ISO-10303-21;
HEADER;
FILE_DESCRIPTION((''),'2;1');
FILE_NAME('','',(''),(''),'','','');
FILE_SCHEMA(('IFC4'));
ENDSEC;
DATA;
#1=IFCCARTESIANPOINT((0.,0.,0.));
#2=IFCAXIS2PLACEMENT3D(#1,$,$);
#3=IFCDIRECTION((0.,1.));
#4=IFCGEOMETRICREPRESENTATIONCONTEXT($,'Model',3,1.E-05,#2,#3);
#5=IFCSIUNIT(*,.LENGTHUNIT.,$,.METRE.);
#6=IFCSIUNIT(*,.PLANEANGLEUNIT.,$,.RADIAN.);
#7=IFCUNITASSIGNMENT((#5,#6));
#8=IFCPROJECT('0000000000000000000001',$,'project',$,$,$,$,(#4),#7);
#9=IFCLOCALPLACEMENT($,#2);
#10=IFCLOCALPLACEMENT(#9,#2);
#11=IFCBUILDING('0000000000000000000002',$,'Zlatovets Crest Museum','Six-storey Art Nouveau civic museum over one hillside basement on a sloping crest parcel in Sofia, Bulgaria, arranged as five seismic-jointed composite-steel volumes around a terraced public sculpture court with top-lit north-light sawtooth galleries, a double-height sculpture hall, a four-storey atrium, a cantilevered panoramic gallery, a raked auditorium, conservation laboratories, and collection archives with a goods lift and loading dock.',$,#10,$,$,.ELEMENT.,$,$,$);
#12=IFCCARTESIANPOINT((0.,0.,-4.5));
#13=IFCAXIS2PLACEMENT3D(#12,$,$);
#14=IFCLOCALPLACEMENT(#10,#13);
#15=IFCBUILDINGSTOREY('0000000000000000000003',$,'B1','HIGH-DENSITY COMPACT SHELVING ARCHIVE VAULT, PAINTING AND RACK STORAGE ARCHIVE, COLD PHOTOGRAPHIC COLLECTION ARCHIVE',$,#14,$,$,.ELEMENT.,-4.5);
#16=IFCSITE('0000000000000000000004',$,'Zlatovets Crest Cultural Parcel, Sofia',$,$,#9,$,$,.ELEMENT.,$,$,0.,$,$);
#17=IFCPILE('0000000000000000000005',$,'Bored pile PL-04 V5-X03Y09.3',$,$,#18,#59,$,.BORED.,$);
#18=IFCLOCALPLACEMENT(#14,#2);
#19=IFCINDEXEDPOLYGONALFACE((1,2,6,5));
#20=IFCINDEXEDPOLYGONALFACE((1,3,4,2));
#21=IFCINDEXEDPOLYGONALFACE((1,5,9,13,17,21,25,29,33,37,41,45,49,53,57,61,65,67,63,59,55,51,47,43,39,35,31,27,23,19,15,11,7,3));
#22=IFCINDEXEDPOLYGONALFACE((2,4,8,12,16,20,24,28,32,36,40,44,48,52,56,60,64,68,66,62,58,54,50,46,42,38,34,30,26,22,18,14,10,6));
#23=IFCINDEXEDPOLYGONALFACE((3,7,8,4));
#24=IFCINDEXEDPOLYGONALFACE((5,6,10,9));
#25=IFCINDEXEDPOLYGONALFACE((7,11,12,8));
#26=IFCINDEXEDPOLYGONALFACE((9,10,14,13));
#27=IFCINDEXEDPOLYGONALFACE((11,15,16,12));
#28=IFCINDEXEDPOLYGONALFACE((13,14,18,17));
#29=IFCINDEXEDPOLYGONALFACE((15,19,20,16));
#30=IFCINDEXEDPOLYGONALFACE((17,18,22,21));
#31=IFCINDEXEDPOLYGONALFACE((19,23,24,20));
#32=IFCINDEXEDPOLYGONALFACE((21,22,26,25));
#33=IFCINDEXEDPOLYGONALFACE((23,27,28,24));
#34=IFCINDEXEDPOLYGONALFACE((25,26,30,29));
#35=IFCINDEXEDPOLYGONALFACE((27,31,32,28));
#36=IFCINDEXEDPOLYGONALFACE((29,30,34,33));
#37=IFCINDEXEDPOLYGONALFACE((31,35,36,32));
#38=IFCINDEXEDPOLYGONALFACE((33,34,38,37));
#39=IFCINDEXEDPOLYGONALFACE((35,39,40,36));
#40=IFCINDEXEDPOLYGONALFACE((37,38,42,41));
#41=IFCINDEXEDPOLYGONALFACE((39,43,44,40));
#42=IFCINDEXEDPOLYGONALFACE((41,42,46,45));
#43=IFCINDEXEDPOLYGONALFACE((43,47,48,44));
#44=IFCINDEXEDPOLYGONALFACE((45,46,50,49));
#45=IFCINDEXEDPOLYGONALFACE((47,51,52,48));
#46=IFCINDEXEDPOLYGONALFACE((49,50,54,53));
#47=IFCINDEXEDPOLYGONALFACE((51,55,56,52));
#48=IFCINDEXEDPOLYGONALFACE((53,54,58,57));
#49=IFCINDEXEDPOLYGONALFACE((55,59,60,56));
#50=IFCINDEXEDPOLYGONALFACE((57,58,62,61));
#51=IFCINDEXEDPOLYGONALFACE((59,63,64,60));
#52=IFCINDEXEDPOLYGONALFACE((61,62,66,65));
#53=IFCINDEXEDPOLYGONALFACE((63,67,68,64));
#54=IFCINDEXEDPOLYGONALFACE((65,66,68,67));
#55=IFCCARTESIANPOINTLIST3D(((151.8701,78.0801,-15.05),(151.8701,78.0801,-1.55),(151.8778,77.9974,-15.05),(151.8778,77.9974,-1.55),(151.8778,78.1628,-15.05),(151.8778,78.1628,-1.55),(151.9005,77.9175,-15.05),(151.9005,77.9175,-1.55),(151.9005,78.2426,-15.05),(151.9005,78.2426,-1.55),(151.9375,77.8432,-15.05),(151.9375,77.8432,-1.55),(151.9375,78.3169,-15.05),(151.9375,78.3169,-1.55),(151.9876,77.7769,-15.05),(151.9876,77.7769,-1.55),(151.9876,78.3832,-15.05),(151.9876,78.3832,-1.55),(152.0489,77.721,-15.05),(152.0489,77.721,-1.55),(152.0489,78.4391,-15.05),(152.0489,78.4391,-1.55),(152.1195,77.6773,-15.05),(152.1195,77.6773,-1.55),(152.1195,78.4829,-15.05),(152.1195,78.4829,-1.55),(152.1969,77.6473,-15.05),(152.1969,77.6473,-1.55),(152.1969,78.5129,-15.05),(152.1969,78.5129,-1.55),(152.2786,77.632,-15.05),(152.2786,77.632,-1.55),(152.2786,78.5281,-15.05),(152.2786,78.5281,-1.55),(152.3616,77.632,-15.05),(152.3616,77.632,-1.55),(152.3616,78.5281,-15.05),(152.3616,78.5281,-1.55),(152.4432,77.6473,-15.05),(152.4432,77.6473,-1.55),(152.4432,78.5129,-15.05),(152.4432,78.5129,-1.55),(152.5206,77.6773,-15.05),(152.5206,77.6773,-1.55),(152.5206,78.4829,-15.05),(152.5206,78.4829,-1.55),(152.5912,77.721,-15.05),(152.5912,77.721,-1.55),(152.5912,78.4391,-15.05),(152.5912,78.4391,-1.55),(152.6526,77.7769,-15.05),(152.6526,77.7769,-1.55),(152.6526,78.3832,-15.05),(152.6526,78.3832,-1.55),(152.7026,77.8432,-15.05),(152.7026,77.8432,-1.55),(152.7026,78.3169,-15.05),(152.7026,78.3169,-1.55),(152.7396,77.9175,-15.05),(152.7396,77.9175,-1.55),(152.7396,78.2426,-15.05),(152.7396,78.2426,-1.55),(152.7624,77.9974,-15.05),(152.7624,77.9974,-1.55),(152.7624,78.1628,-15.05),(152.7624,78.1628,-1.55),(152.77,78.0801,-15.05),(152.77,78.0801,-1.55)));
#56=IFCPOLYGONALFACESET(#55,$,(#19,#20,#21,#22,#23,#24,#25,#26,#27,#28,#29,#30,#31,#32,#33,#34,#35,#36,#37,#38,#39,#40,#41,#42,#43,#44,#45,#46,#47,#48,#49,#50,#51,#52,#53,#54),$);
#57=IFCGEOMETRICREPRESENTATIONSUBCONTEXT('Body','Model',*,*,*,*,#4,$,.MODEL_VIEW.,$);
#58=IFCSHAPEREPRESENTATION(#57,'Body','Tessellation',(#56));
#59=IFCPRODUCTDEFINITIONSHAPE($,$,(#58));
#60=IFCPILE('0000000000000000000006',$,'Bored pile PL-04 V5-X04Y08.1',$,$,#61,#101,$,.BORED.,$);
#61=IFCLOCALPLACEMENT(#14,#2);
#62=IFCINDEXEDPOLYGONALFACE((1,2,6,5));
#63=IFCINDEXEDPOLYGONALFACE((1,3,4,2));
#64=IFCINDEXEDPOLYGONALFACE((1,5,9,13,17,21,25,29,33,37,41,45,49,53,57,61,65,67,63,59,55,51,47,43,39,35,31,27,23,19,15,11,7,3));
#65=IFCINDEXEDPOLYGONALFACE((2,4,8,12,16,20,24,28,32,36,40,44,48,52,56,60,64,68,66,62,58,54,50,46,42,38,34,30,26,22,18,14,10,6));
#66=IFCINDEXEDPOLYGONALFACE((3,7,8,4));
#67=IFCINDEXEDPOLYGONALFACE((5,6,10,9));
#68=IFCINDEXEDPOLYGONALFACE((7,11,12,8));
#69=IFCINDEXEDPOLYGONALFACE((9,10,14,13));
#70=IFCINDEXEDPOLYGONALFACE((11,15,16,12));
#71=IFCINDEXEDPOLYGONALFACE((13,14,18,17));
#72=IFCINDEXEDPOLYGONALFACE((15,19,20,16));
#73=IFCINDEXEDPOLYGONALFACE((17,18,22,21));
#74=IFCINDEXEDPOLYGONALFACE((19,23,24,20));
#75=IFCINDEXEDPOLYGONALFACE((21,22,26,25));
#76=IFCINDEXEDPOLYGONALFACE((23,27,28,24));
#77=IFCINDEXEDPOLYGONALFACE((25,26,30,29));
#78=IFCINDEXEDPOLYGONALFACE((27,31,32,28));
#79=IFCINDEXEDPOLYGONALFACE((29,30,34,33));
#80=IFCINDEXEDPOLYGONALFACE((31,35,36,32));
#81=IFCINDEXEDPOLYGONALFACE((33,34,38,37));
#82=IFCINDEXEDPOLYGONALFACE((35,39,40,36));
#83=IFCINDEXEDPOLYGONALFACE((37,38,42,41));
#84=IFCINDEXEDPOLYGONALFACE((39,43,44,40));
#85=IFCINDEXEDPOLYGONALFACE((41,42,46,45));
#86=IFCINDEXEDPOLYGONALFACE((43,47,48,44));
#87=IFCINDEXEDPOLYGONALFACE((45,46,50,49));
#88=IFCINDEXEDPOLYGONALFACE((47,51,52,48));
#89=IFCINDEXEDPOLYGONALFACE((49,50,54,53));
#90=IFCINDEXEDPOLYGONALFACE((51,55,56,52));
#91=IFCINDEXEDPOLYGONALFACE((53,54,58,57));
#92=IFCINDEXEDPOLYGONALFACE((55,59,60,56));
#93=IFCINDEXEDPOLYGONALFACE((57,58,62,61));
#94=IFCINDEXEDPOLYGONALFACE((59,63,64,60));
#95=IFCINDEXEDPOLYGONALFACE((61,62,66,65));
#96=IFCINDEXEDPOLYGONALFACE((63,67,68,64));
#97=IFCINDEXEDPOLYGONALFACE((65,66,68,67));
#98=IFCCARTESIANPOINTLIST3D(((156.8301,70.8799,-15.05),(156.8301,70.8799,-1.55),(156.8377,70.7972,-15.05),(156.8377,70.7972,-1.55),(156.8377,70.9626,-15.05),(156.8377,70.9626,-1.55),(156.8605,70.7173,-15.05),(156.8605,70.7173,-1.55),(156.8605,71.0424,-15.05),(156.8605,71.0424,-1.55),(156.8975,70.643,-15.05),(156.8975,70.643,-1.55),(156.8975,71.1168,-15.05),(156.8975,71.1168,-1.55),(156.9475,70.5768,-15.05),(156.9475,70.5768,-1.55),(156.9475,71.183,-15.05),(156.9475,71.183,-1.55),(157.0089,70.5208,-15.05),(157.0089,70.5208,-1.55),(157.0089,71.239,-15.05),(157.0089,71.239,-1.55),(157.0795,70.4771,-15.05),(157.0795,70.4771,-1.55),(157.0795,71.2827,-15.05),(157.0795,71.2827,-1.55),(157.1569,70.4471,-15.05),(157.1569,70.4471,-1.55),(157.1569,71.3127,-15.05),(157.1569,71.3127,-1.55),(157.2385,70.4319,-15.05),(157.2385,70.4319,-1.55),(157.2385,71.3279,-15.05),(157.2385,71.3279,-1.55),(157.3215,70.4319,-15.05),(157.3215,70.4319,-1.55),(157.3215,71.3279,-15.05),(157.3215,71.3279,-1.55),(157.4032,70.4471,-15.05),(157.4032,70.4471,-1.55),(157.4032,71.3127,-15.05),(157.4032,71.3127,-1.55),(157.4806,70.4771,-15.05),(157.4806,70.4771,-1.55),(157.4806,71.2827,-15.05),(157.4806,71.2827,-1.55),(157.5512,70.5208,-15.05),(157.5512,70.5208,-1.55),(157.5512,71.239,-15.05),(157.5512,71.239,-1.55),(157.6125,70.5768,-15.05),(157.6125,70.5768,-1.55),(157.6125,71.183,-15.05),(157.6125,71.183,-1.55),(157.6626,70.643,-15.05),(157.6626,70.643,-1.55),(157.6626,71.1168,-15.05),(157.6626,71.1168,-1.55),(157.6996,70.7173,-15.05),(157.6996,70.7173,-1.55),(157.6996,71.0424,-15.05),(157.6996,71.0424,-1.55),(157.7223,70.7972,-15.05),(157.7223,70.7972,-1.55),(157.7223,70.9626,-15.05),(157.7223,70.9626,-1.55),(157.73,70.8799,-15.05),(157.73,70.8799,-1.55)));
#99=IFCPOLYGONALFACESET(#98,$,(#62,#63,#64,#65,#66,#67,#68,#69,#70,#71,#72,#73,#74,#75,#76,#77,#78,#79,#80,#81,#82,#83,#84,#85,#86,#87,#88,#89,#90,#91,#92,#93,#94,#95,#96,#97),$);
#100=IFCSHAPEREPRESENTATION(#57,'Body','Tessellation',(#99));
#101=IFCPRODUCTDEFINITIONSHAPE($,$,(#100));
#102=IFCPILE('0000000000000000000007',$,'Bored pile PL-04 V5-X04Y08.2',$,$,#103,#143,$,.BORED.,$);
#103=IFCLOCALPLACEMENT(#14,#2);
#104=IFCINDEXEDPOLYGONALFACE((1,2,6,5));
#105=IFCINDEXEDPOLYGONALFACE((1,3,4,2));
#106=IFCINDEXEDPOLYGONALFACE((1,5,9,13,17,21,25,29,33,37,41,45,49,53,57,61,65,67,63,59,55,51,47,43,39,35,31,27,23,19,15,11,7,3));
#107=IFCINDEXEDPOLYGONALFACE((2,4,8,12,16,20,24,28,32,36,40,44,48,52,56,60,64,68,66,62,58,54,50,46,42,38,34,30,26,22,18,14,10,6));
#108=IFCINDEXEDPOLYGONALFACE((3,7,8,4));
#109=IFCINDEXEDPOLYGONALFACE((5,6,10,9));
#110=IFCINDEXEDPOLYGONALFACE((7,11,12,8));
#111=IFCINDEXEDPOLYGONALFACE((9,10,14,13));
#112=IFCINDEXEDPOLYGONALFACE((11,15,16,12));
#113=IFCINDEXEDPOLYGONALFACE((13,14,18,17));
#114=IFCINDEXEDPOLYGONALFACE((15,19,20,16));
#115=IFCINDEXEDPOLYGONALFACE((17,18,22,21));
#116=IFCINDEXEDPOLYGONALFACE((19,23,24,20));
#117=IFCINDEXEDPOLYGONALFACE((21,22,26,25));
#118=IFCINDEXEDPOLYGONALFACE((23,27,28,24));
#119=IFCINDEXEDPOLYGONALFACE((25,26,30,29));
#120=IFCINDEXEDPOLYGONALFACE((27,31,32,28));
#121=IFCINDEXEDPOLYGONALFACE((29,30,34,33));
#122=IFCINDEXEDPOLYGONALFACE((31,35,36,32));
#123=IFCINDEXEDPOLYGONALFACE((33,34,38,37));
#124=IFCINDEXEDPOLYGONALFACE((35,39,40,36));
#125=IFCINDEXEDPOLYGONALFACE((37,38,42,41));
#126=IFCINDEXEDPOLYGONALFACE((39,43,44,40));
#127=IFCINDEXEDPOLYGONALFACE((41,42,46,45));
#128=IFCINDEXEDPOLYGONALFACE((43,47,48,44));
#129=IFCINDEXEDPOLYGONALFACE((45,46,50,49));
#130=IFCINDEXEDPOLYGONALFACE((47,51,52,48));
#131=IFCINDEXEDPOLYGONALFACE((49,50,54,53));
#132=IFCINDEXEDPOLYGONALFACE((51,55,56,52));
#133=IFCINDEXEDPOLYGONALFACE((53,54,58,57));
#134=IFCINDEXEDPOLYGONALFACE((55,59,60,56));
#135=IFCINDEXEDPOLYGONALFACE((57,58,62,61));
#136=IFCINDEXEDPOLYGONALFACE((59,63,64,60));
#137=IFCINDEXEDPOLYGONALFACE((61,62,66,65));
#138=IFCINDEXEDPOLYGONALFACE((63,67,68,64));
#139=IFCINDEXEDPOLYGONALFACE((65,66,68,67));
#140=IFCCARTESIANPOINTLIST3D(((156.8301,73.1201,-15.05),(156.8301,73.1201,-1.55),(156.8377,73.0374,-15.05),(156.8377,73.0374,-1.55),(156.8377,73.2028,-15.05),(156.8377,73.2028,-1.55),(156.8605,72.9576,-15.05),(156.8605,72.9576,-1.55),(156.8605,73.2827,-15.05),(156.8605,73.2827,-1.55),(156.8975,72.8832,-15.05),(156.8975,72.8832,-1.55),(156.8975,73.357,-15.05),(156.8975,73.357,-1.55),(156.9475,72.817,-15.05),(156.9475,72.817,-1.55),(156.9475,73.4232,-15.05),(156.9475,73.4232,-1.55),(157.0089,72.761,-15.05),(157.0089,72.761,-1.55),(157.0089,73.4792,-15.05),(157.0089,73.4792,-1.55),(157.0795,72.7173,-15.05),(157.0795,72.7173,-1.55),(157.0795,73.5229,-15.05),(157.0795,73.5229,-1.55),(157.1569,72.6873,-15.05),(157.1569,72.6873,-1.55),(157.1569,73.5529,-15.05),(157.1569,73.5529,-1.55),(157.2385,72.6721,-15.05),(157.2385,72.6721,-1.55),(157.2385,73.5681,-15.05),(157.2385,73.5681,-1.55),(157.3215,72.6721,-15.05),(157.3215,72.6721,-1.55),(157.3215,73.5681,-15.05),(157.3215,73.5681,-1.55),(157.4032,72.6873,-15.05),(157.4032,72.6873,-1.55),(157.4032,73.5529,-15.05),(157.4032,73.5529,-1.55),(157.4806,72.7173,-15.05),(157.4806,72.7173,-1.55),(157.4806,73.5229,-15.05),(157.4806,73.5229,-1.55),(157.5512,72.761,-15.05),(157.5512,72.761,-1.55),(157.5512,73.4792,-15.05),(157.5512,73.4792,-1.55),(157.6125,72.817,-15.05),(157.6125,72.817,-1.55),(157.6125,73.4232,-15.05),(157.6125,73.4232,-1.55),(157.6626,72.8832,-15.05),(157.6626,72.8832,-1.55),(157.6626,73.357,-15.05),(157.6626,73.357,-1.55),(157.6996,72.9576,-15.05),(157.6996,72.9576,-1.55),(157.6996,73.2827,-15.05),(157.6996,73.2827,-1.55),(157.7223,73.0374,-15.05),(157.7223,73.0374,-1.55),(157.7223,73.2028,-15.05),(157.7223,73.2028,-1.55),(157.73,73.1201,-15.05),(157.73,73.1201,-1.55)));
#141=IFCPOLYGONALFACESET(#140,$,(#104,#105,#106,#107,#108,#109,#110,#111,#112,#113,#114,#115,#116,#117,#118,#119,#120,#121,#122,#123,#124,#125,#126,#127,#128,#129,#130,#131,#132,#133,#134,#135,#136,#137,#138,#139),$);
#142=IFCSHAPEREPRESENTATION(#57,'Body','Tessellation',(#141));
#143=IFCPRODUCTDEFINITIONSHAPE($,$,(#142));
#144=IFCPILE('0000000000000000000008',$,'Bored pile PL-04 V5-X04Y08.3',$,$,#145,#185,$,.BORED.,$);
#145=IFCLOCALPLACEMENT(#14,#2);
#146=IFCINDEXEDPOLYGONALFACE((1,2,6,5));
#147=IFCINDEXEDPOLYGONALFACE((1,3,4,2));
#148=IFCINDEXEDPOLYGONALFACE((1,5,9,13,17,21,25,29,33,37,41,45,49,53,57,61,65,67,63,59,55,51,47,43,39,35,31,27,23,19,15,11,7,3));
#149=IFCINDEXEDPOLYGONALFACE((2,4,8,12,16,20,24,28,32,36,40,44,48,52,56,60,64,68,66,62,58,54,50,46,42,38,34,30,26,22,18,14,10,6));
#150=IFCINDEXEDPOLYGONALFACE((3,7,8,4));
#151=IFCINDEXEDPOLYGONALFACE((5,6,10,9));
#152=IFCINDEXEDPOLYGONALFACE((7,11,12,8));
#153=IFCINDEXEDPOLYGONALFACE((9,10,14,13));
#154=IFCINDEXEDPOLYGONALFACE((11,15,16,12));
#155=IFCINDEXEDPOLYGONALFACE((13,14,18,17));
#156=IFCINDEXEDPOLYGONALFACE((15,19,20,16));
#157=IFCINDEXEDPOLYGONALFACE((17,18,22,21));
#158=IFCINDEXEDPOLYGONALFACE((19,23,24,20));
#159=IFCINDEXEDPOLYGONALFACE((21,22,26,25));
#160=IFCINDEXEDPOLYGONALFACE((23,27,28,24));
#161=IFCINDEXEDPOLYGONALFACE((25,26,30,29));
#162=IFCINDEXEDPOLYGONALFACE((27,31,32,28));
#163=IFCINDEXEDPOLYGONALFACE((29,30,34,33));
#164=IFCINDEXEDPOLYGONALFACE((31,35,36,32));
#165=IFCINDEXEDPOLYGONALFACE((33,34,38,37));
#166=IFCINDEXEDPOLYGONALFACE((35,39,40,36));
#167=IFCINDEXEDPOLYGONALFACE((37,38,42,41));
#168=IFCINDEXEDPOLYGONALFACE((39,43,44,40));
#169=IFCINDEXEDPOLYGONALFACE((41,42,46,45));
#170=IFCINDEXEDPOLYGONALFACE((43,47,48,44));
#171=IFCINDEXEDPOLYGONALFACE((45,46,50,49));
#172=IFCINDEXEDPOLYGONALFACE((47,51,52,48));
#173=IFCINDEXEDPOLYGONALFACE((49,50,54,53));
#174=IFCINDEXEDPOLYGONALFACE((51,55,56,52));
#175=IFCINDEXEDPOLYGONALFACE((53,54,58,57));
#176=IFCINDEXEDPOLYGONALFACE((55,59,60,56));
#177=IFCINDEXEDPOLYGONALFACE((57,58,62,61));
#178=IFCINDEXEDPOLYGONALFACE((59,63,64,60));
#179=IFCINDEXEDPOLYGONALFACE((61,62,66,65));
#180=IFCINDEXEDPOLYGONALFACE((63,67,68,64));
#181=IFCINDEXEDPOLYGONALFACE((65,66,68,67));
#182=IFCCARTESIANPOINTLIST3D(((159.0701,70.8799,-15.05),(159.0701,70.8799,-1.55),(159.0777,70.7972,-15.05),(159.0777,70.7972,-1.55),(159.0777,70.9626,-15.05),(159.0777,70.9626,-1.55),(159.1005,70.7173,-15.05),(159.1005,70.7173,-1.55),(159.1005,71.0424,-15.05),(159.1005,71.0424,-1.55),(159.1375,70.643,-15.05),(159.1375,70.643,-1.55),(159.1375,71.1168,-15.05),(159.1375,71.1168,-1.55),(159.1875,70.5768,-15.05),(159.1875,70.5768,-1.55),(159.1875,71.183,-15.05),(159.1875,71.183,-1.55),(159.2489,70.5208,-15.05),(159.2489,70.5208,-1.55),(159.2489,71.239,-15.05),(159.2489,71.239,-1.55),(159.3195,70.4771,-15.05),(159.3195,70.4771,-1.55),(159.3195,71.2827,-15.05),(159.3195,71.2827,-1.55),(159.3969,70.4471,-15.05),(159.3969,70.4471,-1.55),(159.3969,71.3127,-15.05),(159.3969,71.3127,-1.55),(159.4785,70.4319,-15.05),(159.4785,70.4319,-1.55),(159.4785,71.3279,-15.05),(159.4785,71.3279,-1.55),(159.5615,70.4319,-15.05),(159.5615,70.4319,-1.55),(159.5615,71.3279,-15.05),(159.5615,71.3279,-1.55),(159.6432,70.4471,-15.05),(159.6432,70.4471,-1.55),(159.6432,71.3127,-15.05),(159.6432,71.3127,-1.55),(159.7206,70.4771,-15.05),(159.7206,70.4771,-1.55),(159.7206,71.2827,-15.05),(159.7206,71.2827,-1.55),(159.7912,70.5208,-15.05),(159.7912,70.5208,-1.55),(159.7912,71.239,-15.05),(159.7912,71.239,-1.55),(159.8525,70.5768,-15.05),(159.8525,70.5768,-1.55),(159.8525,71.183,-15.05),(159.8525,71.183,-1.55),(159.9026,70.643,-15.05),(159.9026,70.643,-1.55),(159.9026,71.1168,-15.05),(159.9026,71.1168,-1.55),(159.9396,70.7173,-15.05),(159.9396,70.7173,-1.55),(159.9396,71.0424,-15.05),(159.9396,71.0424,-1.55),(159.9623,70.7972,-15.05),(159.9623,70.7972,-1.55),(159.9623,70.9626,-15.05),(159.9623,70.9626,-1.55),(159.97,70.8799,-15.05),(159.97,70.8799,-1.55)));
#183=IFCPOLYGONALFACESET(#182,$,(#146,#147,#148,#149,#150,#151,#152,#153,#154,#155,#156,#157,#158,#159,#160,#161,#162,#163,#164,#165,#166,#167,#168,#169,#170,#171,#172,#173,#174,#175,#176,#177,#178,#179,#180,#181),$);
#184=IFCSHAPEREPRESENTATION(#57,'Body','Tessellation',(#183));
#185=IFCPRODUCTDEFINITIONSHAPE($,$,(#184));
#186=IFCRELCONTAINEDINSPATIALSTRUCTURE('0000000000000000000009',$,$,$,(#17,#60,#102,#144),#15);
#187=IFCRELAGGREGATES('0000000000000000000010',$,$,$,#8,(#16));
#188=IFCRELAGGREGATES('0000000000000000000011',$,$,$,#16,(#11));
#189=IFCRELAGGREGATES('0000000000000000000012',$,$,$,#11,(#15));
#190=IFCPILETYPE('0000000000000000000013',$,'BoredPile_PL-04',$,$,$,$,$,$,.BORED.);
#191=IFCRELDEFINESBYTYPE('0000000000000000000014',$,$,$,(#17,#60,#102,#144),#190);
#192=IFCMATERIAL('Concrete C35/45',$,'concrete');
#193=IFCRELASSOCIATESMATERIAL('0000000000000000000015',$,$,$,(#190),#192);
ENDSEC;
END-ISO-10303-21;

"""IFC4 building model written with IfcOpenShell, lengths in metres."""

from ifc_helpers import new_model, si_unit, direction, frame, origin, origin_2d, place, context, subcontext, project, spatial, circle, extrude, material, material_profile, profile_set, type_object, element, save


model = new_model("IFC4")

# Units and contexts
model_context = context("Model", 3, precision=1e-05, world=origin(), true_north=direction((0.0, 1.0)))
body_context = subcontext(model_context, "Body", "Model", "MODEL_VIEW")
ifc_project = project(units=[si_unit("LENGTHUNIT", "METRE"), si_unit("PLANEANGLEUNIT", "RADIAN")], contexts=[model_context])

# Site, building, storey
site_placement = place(None, origin())
site = spatial("IfcSite", under=ifc_project, at=site_placement, Name="Zlatovets Crest Cultural Parcel, Sofia", CompositionType="ELEMENT", RefElevation=0.0)
building_placement = place(site_placement, origin())
building = spatial("IfcBuilding", under=site, at=building_placement, Name="Zlatovets Crest Museum", Description="Six-storey Art Nouveau civic museum over one hillside basement on a sloping crest parcel in Sofia, Bulgaria, arranged as five seismic-jointed composite-steel volumes around a terraced public sculpture court with top-lit north-light sawtooth galleries, a double-height sculpture hall, a four-storey atrium, a cantilevered panoramic gallery, a raked auditorium, conservation laboratories, and collection archives with a goods lift and loading dock.", CompositionType="ELEMENT")
storey_placement = place(building_placement, frame((0.0, 0.0, -4.5)))
storey = spatial("IfcBuildingStorey", under=building, at=storey_placement, Name="B1", Description="HIGH-DENSITY COMPACT SHELVING ARCHIVE VAULT, PAINTING AND RACK STORAGE ARCHIVE, COLD PHOTOGRAPHIC COLLECTION ARCHIVE", CompositionType="ELEMENT", Elevation=-4.5)

# Piles
ifc_material = material(Name="Concrete C35/45", Category="concrete")
ifc_material_profile_1 = material_profile(ifc_material, circle(Radius=0.45, at=origin_2d()), Name="PILE D900")
ifc_profile_set_1 = profile_set([ifc_material_profile_1], Name="Concrete C35/45")
pile_type = type_object("IfcPileType", Name="BoredPile_PL-04", PredefinedType="BORED", material=ifc_profile_set_1)
for number, where, z_axis, x_axis, name in (
    (1, (152.3201, 78.0801, -1.55), (0.0, 0.0, -1.0), (1.0, 0.0, 0.0), "Bored pile PL-04 V5-X03Y09.3"),
    (2, (157.28, 70.8799, -1.55), (0.0, 0.0, -1.0), (1.0, 0.0, 0.0), "Bored pile PL-04 V5-X04Y08.1"),
    (3, (157.28, 73.1201, -1.55), (0.0, 0.0, -1.0), (1.0, 0.0, 0.0), "Bored pile PL-04 V5-X04Y08.2"),
    (4, (159.52, 70.8799, -1.55), (0.0, 0.0, -1.0), (1.0, 0.0, 0.0), "Bored pile PL-04 V5-X04Y08.3"),
):
    element("IfcPile", number, at=place(storey_placement, frame(where, z_axis=z_axis, x_axis=x_axis)), inside=storey, type_object=pile_type, Name=name, PredefinedType="BORED", context=body_context, shape_type="SweptSolid", body=[
        extrude(circle(Radius=0.45, at=origin_2d()), origin(), (0.0, 0.0, 1.0), 13.5),
    ])

save(model, "model.ifc")
